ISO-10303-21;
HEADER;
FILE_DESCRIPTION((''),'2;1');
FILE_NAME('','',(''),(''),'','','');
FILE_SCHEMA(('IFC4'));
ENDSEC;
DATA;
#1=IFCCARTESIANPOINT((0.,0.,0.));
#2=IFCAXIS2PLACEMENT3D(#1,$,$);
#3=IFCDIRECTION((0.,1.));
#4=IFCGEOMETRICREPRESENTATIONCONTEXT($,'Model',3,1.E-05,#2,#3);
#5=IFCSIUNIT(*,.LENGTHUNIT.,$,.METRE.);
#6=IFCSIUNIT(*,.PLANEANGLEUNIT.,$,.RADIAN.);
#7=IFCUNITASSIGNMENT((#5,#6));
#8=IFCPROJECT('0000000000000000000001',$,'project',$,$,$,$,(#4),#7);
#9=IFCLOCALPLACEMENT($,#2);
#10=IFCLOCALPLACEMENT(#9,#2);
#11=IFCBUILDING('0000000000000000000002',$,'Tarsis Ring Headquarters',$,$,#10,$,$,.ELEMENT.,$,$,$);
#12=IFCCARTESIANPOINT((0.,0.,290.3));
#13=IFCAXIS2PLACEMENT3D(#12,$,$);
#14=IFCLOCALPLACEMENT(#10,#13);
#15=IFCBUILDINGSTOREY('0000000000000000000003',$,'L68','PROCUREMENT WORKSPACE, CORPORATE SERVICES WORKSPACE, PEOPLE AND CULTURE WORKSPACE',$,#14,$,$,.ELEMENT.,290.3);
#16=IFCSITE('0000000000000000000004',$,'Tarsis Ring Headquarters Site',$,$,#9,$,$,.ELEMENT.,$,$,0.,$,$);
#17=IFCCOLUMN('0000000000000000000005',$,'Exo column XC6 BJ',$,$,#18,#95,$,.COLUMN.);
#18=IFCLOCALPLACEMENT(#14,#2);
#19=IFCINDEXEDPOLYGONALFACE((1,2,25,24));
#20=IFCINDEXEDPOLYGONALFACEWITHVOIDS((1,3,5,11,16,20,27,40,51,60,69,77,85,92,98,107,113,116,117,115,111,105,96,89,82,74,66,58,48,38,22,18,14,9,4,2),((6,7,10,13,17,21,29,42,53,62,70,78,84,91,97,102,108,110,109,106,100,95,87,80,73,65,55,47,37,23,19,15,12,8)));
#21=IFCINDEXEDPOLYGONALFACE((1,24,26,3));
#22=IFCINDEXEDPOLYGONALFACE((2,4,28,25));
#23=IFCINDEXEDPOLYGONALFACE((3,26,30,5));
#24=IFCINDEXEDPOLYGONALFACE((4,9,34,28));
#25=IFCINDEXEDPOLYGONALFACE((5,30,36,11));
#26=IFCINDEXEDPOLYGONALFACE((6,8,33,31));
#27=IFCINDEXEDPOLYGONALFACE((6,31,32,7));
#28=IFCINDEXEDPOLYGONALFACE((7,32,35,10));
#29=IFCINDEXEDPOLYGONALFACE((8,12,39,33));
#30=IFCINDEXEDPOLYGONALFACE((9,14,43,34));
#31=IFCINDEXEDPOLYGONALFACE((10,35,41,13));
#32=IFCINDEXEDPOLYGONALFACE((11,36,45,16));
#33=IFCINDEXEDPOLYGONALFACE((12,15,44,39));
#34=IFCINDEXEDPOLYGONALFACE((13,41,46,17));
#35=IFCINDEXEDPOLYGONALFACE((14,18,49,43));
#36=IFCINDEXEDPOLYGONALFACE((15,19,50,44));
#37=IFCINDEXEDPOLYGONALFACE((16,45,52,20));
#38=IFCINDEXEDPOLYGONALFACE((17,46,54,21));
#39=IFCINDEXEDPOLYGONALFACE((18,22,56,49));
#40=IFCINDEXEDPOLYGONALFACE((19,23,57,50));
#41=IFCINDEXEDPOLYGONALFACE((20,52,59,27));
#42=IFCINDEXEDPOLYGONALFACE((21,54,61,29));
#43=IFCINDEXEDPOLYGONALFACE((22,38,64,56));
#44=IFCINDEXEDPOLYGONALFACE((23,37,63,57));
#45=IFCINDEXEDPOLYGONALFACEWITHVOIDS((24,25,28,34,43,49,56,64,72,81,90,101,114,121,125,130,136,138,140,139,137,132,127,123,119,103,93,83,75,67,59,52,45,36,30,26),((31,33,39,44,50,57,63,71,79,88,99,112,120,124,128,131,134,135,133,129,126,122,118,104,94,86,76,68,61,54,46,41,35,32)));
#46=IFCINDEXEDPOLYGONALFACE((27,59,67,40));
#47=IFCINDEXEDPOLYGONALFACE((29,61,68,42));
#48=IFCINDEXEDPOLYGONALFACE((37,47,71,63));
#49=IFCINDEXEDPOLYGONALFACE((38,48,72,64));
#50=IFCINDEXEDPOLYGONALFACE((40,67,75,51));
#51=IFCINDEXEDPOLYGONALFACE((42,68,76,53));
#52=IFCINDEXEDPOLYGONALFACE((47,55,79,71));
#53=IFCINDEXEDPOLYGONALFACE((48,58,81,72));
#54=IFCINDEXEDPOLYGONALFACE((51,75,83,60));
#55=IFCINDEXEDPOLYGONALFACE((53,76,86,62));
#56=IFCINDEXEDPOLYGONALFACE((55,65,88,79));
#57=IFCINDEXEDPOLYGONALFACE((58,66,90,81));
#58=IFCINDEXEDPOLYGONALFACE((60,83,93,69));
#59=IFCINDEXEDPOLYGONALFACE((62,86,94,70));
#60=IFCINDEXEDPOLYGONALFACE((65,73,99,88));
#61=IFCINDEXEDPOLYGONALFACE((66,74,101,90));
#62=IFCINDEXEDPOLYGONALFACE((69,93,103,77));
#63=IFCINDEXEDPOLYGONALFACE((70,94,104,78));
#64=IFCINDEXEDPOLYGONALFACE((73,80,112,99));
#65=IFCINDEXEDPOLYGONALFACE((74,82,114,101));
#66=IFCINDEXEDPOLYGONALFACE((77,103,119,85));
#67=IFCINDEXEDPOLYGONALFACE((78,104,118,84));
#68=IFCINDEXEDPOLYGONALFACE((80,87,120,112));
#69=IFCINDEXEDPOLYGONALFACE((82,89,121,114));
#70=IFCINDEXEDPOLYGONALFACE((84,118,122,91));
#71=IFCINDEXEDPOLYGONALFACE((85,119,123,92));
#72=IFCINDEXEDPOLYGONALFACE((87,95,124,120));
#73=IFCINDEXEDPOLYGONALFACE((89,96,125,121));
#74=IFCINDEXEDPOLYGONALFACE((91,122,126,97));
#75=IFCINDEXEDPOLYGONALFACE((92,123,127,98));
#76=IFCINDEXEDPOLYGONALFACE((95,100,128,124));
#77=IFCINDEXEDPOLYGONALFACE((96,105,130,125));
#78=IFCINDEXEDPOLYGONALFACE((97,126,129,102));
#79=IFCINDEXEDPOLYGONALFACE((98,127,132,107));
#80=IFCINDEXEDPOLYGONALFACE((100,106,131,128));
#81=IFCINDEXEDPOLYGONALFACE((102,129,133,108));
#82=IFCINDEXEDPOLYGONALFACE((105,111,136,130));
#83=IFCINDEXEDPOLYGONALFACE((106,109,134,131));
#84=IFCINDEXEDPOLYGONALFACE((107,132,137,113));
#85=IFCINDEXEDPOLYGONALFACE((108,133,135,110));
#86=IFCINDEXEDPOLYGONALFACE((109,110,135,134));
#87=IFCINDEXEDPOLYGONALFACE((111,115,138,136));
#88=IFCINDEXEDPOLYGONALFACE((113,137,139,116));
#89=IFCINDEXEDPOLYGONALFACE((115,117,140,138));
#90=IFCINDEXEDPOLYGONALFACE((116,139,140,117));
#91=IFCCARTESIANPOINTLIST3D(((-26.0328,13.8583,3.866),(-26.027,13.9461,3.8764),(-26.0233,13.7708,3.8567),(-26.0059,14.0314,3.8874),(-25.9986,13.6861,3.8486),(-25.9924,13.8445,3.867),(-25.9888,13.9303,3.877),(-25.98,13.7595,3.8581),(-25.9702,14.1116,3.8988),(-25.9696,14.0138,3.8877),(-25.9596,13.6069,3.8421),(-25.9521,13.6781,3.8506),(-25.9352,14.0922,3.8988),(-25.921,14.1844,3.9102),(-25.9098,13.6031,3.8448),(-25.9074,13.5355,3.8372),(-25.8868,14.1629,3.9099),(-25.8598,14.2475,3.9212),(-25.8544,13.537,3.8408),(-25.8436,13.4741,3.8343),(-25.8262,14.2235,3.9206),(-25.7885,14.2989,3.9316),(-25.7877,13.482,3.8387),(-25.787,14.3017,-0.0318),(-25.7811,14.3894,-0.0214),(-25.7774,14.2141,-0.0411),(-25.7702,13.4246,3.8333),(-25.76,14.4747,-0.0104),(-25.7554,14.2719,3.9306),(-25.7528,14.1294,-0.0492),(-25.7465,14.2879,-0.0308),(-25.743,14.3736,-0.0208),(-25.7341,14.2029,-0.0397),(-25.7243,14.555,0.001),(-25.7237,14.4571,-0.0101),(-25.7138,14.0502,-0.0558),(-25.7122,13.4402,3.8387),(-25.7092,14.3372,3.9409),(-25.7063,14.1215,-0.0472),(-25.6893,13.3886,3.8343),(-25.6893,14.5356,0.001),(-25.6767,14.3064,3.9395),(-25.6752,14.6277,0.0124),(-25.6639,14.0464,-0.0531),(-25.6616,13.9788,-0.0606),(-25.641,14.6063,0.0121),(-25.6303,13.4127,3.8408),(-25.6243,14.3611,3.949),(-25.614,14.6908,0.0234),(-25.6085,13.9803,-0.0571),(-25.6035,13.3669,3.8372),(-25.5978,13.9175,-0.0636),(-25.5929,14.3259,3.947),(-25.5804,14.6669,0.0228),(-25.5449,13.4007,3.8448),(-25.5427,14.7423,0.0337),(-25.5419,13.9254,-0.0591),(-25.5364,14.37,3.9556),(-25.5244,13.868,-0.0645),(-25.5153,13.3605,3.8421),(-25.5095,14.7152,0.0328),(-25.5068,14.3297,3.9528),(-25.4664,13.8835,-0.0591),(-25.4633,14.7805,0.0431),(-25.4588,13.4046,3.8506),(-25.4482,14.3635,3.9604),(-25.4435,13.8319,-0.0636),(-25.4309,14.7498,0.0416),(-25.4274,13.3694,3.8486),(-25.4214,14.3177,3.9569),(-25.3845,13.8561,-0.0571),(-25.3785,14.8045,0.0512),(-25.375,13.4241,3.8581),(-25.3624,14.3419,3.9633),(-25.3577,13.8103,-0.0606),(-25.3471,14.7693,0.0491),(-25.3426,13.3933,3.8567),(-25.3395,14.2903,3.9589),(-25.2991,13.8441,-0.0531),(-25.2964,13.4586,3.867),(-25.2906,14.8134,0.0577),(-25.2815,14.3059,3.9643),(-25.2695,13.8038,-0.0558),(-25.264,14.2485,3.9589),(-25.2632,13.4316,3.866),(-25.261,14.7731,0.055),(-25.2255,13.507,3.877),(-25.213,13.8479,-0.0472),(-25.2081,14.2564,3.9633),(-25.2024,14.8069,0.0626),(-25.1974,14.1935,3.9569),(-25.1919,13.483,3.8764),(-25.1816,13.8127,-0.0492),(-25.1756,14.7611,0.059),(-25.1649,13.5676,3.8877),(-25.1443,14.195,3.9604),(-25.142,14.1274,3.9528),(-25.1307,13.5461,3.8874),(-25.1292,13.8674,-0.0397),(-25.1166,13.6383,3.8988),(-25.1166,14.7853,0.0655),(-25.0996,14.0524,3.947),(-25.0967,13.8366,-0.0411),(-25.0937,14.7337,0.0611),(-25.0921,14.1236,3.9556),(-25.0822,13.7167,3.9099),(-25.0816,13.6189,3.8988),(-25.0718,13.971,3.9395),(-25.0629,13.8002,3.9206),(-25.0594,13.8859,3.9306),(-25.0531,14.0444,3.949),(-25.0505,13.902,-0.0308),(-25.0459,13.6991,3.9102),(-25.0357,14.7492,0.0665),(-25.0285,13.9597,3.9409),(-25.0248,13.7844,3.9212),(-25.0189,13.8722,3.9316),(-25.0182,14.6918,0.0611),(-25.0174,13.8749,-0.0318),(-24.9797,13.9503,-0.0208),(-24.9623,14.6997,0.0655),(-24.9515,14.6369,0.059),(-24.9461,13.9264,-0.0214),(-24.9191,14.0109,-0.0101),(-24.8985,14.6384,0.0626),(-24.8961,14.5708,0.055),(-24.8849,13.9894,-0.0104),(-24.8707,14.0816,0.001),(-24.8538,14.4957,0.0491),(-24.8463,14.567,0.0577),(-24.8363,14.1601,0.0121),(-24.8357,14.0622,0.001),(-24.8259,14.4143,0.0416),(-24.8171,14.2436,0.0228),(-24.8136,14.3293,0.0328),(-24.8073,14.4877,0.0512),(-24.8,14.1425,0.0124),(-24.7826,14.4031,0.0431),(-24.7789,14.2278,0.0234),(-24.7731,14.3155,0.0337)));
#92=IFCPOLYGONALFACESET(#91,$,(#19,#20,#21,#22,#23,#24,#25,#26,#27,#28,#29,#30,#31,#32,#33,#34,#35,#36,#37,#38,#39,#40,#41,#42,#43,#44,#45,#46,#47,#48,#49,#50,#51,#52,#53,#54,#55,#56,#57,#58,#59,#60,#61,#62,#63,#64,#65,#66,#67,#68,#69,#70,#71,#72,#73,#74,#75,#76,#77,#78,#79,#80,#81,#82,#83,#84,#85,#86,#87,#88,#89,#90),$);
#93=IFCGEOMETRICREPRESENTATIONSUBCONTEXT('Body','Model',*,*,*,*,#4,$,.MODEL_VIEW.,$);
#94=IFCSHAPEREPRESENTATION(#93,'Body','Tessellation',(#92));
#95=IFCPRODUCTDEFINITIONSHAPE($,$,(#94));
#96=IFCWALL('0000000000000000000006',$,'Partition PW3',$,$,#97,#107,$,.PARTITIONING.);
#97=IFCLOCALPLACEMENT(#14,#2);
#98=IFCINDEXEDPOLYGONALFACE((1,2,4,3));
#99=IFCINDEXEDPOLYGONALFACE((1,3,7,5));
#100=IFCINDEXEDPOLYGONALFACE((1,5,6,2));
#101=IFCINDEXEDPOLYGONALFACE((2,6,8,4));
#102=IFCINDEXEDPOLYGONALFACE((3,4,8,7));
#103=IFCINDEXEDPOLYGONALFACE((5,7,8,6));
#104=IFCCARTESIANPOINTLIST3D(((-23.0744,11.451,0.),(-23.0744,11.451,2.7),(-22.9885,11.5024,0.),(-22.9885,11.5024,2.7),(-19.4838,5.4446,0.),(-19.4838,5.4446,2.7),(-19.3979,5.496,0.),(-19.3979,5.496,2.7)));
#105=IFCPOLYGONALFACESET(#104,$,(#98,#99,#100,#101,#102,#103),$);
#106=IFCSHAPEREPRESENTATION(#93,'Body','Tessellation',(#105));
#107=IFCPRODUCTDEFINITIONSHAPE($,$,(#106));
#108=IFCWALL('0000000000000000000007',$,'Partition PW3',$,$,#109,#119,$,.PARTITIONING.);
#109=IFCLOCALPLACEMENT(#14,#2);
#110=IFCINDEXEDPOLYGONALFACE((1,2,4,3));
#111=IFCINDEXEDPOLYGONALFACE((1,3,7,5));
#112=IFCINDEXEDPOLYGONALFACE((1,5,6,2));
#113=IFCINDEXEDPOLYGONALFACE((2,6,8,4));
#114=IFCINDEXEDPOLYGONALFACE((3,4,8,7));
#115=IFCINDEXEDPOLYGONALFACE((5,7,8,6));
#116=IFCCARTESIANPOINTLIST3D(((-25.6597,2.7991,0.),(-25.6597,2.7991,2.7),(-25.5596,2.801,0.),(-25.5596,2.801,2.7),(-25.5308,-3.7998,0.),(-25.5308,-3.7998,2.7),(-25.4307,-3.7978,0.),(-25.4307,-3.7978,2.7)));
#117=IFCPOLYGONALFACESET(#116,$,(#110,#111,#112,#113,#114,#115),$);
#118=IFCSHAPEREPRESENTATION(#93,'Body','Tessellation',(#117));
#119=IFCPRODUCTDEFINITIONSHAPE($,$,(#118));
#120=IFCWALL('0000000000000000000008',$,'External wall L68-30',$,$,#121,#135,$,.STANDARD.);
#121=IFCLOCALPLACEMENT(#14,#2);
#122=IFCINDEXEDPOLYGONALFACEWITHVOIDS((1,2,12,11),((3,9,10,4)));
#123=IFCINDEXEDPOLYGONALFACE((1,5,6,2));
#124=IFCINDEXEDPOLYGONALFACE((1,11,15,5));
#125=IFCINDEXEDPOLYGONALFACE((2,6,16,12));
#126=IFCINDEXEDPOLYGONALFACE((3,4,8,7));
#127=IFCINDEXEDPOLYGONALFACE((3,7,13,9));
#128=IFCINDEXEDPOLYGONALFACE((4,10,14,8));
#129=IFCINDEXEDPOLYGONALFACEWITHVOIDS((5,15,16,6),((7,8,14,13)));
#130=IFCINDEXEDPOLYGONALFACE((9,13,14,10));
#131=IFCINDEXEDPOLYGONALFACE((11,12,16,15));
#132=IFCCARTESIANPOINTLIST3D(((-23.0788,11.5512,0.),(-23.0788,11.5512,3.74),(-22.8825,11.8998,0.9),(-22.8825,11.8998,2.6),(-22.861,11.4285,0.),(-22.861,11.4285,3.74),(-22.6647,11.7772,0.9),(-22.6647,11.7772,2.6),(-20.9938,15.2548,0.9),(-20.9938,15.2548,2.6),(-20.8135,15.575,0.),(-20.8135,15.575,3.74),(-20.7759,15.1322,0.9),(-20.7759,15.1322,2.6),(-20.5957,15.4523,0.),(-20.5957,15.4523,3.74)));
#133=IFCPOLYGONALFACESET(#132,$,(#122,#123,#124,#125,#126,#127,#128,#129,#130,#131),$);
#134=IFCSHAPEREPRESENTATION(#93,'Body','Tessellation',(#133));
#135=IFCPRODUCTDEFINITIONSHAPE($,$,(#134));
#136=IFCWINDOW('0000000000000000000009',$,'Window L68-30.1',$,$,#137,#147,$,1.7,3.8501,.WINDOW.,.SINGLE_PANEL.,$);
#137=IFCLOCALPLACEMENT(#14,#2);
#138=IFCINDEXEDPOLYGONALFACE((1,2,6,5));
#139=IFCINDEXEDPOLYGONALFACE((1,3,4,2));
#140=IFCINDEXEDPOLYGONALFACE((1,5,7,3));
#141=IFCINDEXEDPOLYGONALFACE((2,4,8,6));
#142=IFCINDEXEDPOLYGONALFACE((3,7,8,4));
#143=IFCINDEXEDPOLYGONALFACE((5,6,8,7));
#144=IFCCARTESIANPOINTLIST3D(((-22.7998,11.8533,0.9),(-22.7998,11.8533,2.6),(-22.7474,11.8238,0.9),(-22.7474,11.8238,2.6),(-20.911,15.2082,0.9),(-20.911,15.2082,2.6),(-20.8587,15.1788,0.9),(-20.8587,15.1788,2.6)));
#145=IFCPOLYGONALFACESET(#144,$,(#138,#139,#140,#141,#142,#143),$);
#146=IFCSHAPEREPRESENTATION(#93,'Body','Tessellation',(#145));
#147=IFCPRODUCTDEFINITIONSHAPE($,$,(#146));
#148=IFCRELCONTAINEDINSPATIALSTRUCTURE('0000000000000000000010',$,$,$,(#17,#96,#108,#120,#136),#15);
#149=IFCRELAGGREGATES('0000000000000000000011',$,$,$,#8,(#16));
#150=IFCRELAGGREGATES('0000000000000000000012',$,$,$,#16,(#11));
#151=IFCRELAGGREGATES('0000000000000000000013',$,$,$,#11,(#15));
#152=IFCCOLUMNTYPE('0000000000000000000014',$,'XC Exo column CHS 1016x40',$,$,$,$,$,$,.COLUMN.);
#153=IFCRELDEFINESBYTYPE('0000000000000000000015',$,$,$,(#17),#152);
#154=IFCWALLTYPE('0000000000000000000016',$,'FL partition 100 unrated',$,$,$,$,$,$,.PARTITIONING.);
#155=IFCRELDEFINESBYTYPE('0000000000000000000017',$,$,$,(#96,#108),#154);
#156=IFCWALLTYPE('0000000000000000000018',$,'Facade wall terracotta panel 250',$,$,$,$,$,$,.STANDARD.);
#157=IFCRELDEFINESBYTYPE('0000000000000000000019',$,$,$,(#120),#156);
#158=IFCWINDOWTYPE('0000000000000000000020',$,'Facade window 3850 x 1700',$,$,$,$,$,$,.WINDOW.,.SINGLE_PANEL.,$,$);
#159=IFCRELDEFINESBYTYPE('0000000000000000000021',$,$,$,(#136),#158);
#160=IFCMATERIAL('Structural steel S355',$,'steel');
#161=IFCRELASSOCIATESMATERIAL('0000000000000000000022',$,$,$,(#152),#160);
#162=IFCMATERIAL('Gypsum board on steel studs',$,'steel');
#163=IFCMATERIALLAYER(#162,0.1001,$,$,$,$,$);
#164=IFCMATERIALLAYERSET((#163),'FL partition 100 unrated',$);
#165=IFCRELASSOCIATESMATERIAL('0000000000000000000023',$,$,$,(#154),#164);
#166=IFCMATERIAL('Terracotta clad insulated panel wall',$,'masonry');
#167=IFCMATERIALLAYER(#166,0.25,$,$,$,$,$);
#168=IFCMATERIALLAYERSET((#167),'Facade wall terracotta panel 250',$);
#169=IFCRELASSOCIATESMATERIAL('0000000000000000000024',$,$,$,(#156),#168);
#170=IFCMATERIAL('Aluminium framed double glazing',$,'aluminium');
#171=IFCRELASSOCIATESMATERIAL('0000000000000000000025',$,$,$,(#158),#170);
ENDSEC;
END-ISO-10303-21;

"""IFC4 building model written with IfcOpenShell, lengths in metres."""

from ifc_helpers import new_model, si_unit, direction, frame, frame_2d, origin, origin_2d, place, context, subcontext, project, spatial, rectangle, hollow_circle, extrude, material, layer, layer_set, material_profile, profile_set, type_object, element, fill, save


model = new_model("IFC4")

# Units and contexts
model_context = context("Model", 3, precision=1e-05, world=origin(), true_north=direction((0.0, 1.0)))
body_context = subcontext(model_context, "Body", "Model", "MODEL_VIEW")
ifc_project = project(units=[si_unit("LENGTHUNIT", "METRE"), si_unit("PLANEANGLEUNIT", "RADIAN")], contexts=[model_context])

# Site, building, storey
site_placement = place(None, origin())
site = spatial("IfcSite", under=ifc_project, at=site_placement, Name="Tarsis Ring Headquarters Site", CompositionType="ELEMENT", RefElevation=0.0)
building_placement = place(site_placement, origin())
building = spatial("IfcBuilding", under=site, at=building_placement, Name="Tarsis Ring Headquarters", CompositionType="ELEMENT")
storey_placement = place(building_placement, frame((0.0, 0.0, 290.3)))
storey = spatial("IfcBuildingStorey", under=building, at=storey_placement, Name="L68", Description="PROCUREMENT WORKSPACE, CORPORATE SERVICES WORKSPACE, PEOPLE AND CULTURE WORKSPACE", CompositionType="ELEMENT", Elevation=290.3)

# Column
ifc_material_1 = material(Name="Structural steel S355", Category="steel")
ifc_material_profile = material_profile(ifc_material_1, hollow_circle(Radius=0.5081, WallThickness=0.04, at=origin_2d()), Name="CHS 1016x40")
ifc_profile_set = profile_set([ifc_material_profile], Name="Structural steel S355")
column_type = type_object("IfcColumnType", Name="XC Exo column CHS 1016x40", PredefinedType="COLUMN", material=ifc_profile_set)
column_placement = place(storey_placement, frame((-25.28, 14.3086, 0.001), z_axis=(-0.062545, -0.112792, 0.991648), x_axis=(0.874543, -0.484948, 0.0)))
element("IfcColumn", 1, at=column_placement, inside=storey, type_object=column_type, Name="Exo column XC6 BJ", PredefinedType="COLUMN", context=body_context, shape_type="SweptSolid", body=[
    extrude(hollow_circle(Radius=0.5081, WallThickness=0.04, at=origin_2d()), origin(), (0.0, 0.0, 1.0), 3.9307),
])

# Walls
ifc_material_2 = material(Name="Gypsum board on steel studs", Category="steel")
ifc_layer_1 = layer(ifc_material_2, 0.1001)
ifc_layer_set_1 = layer_set([ifc_layer_1], Name="FL partition 100 unrated")
wall_type_1 = type_object("IfcWallType", Name="FL partition 100 unrated", PredefinedType="PARTITIONING", material=ifc_layer_set_1)
wall_1_placement = place(storey_placement, frame((-23.0315, 11.4768, 0.0), z_axis=(0.0, 0.0, 1.0), x_axis=(0.513105, -0.858326, 0.0)))
element("IfcWall", 2, at=wall_1_placement, inside=storey, type_object=wall_type_1, Name="Partition PW3", PredefinedType="PARTITIONING", context=body_context, shape_type="SweptSolid", body=[
    extrude(rectangle(XDim=6.9978, YDim=0.1001, at=frame_2d((3.499, 0.0))), origin(), (0.0, 0.0, 1.0), 2.7),
])
wall_2_placement = place(storey_placement, frame((-25.6096, 2.8, 0.0), z_axis=(0.0, 0.0, 1.0), x_axis=(0.019531, -0.999809, 0.0)))
element("IfcWall", 3, at=wall_2_placement, inside=storey, type_object=wall_type_1, Name="Partition PW3", PredefinedType="PARTITIONING", context=body_context, shape_type="SweptSolid", body=[
    extrude(rectangle(XDim=6.6001, YDim=0.1001, at=frame_2d((3.3, 0.0))), origin(), (0.0, 0.0, 1.0), 2.7),
])

# Wall, opening, window
ifc_material_3 = material(Name="Terracotta clad insulated panel wall", Category="masonry")
ifc_layer_2 = layer(ifc_material_3, 0.25)
ifc_layer_set_2 = layer_set([ifc_layer_2], Name="Facade wall terracotta panel 250")
wall_type_2 = type_object("IfcWallType", Name="Facade wall terracotta panel 250", PredefinedType="STANDARD", material=ifc_layer_set_2)
wall_3_placement = place(storey_placement, frame((-20.7046, 15.5137, 0.0), z_axis=(0.0, 0.0, 1.0), x_axis=(-0.490577, -0.871398, 0.0)))
wall_3 = element("IfcWall", 4, at=wall_3_placement, inside=storey, type_object=wall_type_2, Name="External wall L68-30", PredefinedType="STANDARD", context=body_context, shape_type="SweptSolid", body=[
    extrude(rectangle(XDim=4.6177, YDim=0.25, at=frame_2d((2.3088, 0.0))), origin(), (0.0, 0.0, 1.0), 3.74),
])
opening_1_placement = place(wall_3_placement, frame((0.3674, 0.0, 0.8999)))
opening_1 = element("IfcOpeningElement", 5, at=opening_1_placement, cuts=wall_3, PredefinedType="OPENING", context=body_context, shape_type="SweptSolid", body=[
    extrude(rectangle(XDim=3.8501, YDim=1.7, at=frame_2d((1.925, 0.8501))), frame((0.0, 0.135, 0.0), z_axis=(0.0, -1.0, 0.0), x_axis=(1.0, 0.0, 0.0)), (0.0, 0.0, 1.0), 0.27),
])
ifc_material_4 = material(Name="Aluminium framed double glazing", Category="aluminium")
window_type_1 = type_object("IfcWindowType", Name="Facade window 3850 x 1700", PartitioningType="SINGLE_PANEL", PredefinedType="WINDOW", material=ifc_material_4)
window_1_placement = place(opening_1_placement, origin())
window_1 = element("IfcWindow", 6, at=window_1_placement, inside=storey, type_object=window_type_1, Name="Window L68-30.1", OverallHeight=1.7, OverallWidth=3.8501, PartitioningType="SINGLE_PANEL", PredefinedType="WINDOW", context=body_context, shape_type="SweptSolid", body=[
    extrude(rectangle(XDim=3.8501, YDim=1.7, at=frame_2d((1.925, 0.8501))), frame((0.0, 0.03, 0.0), z_axis=(0.0, -1.0, 0.0), x_axis=(1.0, 0.0, 0.0)), (0.0, 0.0, 1.0), 0.0601),
])
fill(opening_1, window_1)

save(model, "model.ifc")
